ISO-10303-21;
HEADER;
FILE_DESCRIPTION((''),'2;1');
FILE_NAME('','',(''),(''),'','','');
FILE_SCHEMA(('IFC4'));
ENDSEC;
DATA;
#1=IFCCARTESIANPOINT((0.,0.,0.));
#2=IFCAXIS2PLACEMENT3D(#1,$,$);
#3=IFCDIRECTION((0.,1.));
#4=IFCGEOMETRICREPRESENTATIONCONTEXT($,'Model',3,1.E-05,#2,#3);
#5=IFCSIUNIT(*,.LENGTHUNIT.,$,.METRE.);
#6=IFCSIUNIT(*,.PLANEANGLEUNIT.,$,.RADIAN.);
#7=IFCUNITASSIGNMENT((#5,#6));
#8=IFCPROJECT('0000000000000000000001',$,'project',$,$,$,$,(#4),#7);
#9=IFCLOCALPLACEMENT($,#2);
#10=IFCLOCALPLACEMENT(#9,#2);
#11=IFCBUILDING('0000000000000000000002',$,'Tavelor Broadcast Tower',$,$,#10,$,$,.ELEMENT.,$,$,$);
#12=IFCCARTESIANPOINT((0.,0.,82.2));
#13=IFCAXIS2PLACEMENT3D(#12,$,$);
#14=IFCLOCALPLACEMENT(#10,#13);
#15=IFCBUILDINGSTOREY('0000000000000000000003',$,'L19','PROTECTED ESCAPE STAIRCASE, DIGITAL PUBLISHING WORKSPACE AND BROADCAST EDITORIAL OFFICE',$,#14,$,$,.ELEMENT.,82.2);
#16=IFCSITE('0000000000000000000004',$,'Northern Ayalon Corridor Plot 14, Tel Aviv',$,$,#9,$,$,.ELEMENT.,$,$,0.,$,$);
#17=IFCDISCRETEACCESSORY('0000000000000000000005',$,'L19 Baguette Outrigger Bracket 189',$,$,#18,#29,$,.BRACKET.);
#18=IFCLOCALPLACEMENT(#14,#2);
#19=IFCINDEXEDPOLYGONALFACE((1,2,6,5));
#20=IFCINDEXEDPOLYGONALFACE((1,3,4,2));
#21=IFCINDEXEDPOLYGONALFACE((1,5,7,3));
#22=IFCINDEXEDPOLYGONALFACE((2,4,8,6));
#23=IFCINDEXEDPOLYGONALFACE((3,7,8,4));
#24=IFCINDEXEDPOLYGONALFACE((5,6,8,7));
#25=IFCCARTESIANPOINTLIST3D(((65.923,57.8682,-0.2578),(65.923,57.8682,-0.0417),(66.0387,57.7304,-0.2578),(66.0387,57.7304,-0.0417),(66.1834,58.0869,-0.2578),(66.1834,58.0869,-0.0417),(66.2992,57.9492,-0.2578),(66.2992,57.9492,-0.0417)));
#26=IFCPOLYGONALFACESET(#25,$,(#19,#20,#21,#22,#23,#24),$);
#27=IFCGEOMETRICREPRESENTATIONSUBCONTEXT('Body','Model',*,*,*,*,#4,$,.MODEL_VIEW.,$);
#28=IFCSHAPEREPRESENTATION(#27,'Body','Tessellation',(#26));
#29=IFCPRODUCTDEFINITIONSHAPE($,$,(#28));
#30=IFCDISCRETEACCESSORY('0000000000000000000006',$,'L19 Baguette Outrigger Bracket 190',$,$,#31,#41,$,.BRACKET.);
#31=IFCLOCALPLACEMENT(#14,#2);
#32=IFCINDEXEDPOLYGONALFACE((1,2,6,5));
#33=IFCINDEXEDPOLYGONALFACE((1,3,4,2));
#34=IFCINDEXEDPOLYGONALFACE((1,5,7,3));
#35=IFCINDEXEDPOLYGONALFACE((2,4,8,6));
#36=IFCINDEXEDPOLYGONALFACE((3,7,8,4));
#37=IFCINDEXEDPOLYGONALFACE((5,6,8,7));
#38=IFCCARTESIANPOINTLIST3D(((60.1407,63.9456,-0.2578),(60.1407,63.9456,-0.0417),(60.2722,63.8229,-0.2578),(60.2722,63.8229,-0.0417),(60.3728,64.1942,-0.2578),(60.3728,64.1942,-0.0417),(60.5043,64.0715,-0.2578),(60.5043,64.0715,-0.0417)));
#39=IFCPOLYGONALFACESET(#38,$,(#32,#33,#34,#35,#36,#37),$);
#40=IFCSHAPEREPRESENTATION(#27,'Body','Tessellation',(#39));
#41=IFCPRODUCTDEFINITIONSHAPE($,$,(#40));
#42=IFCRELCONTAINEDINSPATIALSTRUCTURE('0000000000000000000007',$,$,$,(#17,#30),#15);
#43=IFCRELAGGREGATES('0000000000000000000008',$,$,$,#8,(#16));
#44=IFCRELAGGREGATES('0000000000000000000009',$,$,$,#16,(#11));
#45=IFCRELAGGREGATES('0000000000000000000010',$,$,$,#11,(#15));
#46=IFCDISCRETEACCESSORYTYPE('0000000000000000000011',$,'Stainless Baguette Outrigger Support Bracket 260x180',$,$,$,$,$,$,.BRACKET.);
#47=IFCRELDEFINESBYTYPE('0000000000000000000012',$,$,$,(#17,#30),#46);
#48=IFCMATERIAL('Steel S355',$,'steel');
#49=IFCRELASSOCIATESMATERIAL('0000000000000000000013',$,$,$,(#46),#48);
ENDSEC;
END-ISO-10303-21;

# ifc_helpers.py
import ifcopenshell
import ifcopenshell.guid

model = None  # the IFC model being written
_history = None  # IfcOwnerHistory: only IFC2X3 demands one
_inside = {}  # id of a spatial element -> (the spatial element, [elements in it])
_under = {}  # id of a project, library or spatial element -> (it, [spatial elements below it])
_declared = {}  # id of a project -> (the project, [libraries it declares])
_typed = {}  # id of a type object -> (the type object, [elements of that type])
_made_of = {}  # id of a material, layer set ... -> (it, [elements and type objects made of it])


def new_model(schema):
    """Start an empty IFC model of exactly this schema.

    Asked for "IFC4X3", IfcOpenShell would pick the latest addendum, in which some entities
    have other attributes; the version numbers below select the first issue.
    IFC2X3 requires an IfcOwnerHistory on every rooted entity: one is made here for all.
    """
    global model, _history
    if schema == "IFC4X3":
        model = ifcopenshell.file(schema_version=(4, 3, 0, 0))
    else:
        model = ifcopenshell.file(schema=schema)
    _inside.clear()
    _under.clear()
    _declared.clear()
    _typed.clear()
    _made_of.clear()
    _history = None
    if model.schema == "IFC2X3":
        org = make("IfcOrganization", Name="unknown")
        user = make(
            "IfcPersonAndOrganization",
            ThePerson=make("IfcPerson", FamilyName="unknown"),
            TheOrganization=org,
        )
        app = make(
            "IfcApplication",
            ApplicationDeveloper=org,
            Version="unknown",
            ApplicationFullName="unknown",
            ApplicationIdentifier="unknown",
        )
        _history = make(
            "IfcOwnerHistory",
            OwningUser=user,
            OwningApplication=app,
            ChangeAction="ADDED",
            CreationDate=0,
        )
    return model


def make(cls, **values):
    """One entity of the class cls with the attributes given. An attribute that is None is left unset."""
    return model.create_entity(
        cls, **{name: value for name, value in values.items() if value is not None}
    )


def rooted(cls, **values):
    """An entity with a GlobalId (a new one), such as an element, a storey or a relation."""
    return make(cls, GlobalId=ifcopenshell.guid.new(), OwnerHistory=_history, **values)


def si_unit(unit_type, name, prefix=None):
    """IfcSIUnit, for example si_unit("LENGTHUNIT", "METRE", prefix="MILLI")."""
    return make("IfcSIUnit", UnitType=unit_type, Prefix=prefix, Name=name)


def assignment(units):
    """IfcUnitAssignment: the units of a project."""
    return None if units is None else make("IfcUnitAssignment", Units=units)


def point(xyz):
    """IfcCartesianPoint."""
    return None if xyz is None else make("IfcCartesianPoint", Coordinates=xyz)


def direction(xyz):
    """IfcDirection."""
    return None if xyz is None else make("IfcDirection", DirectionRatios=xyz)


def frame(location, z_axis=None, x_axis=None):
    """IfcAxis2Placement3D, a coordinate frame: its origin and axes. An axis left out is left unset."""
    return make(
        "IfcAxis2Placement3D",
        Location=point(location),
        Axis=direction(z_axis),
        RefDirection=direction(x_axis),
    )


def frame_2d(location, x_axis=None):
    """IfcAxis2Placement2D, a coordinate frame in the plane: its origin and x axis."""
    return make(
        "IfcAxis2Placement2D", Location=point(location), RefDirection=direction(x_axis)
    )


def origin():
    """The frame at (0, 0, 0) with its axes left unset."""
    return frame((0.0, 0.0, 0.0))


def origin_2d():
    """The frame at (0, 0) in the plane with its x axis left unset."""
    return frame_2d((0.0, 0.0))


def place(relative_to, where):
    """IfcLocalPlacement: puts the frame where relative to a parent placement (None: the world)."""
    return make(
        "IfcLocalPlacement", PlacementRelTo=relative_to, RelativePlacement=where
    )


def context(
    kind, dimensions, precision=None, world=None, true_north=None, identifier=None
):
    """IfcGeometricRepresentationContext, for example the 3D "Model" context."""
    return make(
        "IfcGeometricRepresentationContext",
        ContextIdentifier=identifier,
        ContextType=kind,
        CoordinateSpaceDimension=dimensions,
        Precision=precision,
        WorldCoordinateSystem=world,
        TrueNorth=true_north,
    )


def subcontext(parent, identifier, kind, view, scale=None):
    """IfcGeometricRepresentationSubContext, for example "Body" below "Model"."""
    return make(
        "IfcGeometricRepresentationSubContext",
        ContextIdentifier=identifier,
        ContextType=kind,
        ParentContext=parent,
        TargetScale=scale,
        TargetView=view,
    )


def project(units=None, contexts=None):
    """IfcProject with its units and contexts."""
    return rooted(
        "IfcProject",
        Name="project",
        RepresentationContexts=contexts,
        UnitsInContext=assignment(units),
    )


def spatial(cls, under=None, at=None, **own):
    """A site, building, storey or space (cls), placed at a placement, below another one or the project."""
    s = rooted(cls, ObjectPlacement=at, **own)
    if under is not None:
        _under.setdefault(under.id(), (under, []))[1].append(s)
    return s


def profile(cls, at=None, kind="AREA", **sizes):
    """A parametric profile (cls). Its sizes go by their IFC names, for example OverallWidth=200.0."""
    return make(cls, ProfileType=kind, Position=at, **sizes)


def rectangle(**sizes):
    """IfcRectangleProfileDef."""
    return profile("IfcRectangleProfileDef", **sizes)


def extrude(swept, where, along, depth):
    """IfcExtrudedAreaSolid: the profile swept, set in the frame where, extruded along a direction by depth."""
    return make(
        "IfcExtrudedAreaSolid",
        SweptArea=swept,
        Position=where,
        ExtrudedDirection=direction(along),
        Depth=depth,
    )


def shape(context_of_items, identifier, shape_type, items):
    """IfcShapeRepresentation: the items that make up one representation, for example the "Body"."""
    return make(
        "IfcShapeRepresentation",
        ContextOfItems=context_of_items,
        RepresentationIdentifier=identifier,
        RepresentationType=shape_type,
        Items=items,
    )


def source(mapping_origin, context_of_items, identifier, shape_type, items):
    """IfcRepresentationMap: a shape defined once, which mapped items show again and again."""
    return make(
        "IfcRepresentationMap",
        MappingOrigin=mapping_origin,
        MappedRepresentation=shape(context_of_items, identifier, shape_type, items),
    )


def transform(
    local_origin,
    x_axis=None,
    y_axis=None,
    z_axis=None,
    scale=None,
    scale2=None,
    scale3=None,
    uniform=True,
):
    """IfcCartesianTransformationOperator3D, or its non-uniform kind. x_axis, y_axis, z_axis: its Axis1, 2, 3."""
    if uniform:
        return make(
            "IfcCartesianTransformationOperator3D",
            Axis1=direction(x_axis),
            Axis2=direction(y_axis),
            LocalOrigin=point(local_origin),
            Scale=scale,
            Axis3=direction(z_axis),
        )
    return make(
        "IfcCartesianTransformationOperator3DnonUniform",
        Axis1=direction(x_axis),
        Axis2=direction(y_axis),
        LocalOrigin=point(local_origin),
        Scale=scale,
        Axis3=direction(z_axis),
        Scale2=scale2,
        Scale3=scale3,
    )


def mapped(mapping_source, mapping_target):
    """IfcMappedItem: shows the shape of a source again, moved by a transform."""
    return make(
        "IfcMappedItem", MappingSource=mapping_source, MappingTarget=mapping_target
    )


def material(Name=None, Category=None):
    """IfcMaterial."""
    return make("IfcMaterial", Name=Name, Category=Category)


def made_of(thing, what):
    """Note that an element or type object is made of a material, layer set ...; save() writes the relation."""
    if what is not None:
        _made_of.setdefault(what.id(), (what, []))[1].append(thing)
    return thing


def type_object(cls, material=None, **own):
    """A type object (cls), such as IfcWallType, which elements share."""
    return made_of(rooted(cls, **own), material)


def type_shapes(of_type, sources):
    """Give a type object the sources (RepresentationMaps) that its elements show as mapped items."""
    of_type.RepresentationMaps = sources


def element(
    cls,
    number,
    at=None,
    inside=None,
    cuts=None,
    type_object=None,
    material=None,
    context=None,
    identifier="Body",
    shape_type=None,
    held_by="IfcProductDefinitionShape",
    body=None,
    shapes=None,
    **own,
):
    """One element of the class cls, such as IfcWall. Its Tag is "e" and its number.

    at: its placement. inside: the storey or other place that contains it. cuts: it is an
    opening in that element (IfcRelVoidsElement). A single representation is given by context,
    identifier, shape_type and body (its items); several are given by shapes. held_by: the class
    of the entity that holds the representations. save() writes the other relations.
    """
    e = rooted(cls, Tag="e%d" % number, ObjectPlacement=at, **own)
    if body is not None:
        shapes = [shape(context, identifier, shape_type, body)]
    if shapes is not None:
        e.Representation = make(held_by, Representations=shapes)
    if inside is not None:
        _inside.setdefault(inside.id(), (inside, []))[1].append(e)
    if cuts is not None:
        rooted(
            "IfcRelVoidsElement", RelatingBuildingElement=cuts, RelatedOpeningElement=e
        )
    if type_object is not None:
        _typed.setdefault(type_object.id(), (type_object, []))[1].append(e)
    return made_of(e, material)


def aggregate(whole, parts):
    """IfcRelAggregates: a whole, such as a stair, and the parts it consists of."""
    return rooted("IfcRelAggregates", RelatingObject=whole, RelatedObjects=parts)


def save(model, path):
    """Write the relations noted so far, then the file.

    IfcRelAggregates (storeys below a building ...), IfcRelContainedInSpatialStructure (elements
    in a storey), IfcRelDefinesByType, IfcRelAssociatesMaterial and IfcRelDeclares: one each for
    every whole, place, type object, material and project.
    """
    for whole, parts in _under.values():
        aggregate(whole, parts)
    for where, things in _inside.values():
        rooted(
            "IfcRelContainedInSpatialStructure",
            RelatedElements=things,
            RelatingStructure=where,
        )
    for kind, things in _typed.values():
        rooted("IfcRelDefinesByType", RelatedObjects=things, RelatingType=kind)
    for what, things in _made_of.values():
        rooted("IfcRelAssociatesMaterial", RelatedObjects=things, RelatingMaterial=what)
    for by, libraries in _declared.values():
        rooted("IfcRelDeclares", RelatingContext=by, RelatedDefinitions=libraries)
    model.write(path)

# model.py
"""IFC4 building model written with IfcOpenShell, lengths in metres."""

from ifc_helpers import new_model, si_unit, direction, frame, origin, origin_2d, place, context, subcontext, project, spatial, rectangle, extrude, source, transform, mapped, material, type_object, type_shapes, element, save


model = new_model("IFC4")

# Units and contexts
model_context = context("Model", 3, precision=1e-05, world=origin(), true_north=direction((0.0, 1.0)))
body_context = subcontext(model_context, "Body", "Model", "MODEL_VIEW")
ifc_project = project(units=[si_unit("LENGTHUNIT", "METRE"), si_unit("PLANEANGLEUNIT", "RADIAN")], contexts=[model_context])

# Site, building, storey
site_placement = place(None, origin())
site = spatial("IfcSite", under=ifc_project, at=site_placement, Name="Northern Ayalon Corridor Plot 14, Tel Aviv", CompositionType="ELEMENT", RefElevation=0.0)
building_placement = place(site_placement, origin())
building = spatial("IfcBuilding", under=site, at=building_placement, Name="Tavelor Broadcast Tower", CompositionType="ELEMENT")
storey_placement = place(building_placement, frame((0.0, 0.0, 82.2)))
storey = spatial("IfcBuildingStorey", under=building, at=storey_placement, Name="L19", Description="PROTECTED ESCAPE STAIRCASE, DIGITAL PUBLISHING WORKSPACE AND BROADCAST EDITORIAL OFFICE", CompositionType="ELEMENT", Elevation=82.2)

# Shared definitions
ifc_material_1 = material(Name="Steel S355", Category="steel")

# Discrete accessories
discrete_accessory_type = type_object("IfcDiscreteAccessoryType", Name="Stainless Baguette Outrigger Support Bracket 260x180", PredefinedType="BRACKET", material=ifc_material_1)
shared_shape_1 = source(origin(), body_context, "Body", "SweptSolid", [
    extrude(rectangle(XDim=0.1799, YDim=0.3401, at=origin_2d()), origin(), (0.0, 0.0, 1.0), 0.2161),
])
type_shapes(discrete_accessory_type, [shared_shape_1])
for number, where, z_axis, x_axis, name in (
    (1, (66.1111, 57.9087, -0.2578), (0.0, 0.0, 1.0), (-0.643189, 0.765708, 0.0), "L19 Baguette Outrigger Bracket 189"),
    (2, (60.3225, 64.0085, -0.2578), (0.0, 0.0, 1.0), (-0.730997, 0.682381, 0.0), "L19 Baguette Outrigger Bracket 190"),
):
    element("IfcDiscreteAccessory", number, at=place(storey_placement, frame(where, z_axis=z_axis, x_axis=x_axis)), inside=storey, type_object=discrete_accessory_type, Name=name, PredefinedType="BRACKET", context=body_context, shape_type="MappedRepresentation", body=[
        mapped(shared_shape_1, transform((0.0, 0.0, 0.0), scale=1.0)),
    ])

save(model, "model.ifc")
